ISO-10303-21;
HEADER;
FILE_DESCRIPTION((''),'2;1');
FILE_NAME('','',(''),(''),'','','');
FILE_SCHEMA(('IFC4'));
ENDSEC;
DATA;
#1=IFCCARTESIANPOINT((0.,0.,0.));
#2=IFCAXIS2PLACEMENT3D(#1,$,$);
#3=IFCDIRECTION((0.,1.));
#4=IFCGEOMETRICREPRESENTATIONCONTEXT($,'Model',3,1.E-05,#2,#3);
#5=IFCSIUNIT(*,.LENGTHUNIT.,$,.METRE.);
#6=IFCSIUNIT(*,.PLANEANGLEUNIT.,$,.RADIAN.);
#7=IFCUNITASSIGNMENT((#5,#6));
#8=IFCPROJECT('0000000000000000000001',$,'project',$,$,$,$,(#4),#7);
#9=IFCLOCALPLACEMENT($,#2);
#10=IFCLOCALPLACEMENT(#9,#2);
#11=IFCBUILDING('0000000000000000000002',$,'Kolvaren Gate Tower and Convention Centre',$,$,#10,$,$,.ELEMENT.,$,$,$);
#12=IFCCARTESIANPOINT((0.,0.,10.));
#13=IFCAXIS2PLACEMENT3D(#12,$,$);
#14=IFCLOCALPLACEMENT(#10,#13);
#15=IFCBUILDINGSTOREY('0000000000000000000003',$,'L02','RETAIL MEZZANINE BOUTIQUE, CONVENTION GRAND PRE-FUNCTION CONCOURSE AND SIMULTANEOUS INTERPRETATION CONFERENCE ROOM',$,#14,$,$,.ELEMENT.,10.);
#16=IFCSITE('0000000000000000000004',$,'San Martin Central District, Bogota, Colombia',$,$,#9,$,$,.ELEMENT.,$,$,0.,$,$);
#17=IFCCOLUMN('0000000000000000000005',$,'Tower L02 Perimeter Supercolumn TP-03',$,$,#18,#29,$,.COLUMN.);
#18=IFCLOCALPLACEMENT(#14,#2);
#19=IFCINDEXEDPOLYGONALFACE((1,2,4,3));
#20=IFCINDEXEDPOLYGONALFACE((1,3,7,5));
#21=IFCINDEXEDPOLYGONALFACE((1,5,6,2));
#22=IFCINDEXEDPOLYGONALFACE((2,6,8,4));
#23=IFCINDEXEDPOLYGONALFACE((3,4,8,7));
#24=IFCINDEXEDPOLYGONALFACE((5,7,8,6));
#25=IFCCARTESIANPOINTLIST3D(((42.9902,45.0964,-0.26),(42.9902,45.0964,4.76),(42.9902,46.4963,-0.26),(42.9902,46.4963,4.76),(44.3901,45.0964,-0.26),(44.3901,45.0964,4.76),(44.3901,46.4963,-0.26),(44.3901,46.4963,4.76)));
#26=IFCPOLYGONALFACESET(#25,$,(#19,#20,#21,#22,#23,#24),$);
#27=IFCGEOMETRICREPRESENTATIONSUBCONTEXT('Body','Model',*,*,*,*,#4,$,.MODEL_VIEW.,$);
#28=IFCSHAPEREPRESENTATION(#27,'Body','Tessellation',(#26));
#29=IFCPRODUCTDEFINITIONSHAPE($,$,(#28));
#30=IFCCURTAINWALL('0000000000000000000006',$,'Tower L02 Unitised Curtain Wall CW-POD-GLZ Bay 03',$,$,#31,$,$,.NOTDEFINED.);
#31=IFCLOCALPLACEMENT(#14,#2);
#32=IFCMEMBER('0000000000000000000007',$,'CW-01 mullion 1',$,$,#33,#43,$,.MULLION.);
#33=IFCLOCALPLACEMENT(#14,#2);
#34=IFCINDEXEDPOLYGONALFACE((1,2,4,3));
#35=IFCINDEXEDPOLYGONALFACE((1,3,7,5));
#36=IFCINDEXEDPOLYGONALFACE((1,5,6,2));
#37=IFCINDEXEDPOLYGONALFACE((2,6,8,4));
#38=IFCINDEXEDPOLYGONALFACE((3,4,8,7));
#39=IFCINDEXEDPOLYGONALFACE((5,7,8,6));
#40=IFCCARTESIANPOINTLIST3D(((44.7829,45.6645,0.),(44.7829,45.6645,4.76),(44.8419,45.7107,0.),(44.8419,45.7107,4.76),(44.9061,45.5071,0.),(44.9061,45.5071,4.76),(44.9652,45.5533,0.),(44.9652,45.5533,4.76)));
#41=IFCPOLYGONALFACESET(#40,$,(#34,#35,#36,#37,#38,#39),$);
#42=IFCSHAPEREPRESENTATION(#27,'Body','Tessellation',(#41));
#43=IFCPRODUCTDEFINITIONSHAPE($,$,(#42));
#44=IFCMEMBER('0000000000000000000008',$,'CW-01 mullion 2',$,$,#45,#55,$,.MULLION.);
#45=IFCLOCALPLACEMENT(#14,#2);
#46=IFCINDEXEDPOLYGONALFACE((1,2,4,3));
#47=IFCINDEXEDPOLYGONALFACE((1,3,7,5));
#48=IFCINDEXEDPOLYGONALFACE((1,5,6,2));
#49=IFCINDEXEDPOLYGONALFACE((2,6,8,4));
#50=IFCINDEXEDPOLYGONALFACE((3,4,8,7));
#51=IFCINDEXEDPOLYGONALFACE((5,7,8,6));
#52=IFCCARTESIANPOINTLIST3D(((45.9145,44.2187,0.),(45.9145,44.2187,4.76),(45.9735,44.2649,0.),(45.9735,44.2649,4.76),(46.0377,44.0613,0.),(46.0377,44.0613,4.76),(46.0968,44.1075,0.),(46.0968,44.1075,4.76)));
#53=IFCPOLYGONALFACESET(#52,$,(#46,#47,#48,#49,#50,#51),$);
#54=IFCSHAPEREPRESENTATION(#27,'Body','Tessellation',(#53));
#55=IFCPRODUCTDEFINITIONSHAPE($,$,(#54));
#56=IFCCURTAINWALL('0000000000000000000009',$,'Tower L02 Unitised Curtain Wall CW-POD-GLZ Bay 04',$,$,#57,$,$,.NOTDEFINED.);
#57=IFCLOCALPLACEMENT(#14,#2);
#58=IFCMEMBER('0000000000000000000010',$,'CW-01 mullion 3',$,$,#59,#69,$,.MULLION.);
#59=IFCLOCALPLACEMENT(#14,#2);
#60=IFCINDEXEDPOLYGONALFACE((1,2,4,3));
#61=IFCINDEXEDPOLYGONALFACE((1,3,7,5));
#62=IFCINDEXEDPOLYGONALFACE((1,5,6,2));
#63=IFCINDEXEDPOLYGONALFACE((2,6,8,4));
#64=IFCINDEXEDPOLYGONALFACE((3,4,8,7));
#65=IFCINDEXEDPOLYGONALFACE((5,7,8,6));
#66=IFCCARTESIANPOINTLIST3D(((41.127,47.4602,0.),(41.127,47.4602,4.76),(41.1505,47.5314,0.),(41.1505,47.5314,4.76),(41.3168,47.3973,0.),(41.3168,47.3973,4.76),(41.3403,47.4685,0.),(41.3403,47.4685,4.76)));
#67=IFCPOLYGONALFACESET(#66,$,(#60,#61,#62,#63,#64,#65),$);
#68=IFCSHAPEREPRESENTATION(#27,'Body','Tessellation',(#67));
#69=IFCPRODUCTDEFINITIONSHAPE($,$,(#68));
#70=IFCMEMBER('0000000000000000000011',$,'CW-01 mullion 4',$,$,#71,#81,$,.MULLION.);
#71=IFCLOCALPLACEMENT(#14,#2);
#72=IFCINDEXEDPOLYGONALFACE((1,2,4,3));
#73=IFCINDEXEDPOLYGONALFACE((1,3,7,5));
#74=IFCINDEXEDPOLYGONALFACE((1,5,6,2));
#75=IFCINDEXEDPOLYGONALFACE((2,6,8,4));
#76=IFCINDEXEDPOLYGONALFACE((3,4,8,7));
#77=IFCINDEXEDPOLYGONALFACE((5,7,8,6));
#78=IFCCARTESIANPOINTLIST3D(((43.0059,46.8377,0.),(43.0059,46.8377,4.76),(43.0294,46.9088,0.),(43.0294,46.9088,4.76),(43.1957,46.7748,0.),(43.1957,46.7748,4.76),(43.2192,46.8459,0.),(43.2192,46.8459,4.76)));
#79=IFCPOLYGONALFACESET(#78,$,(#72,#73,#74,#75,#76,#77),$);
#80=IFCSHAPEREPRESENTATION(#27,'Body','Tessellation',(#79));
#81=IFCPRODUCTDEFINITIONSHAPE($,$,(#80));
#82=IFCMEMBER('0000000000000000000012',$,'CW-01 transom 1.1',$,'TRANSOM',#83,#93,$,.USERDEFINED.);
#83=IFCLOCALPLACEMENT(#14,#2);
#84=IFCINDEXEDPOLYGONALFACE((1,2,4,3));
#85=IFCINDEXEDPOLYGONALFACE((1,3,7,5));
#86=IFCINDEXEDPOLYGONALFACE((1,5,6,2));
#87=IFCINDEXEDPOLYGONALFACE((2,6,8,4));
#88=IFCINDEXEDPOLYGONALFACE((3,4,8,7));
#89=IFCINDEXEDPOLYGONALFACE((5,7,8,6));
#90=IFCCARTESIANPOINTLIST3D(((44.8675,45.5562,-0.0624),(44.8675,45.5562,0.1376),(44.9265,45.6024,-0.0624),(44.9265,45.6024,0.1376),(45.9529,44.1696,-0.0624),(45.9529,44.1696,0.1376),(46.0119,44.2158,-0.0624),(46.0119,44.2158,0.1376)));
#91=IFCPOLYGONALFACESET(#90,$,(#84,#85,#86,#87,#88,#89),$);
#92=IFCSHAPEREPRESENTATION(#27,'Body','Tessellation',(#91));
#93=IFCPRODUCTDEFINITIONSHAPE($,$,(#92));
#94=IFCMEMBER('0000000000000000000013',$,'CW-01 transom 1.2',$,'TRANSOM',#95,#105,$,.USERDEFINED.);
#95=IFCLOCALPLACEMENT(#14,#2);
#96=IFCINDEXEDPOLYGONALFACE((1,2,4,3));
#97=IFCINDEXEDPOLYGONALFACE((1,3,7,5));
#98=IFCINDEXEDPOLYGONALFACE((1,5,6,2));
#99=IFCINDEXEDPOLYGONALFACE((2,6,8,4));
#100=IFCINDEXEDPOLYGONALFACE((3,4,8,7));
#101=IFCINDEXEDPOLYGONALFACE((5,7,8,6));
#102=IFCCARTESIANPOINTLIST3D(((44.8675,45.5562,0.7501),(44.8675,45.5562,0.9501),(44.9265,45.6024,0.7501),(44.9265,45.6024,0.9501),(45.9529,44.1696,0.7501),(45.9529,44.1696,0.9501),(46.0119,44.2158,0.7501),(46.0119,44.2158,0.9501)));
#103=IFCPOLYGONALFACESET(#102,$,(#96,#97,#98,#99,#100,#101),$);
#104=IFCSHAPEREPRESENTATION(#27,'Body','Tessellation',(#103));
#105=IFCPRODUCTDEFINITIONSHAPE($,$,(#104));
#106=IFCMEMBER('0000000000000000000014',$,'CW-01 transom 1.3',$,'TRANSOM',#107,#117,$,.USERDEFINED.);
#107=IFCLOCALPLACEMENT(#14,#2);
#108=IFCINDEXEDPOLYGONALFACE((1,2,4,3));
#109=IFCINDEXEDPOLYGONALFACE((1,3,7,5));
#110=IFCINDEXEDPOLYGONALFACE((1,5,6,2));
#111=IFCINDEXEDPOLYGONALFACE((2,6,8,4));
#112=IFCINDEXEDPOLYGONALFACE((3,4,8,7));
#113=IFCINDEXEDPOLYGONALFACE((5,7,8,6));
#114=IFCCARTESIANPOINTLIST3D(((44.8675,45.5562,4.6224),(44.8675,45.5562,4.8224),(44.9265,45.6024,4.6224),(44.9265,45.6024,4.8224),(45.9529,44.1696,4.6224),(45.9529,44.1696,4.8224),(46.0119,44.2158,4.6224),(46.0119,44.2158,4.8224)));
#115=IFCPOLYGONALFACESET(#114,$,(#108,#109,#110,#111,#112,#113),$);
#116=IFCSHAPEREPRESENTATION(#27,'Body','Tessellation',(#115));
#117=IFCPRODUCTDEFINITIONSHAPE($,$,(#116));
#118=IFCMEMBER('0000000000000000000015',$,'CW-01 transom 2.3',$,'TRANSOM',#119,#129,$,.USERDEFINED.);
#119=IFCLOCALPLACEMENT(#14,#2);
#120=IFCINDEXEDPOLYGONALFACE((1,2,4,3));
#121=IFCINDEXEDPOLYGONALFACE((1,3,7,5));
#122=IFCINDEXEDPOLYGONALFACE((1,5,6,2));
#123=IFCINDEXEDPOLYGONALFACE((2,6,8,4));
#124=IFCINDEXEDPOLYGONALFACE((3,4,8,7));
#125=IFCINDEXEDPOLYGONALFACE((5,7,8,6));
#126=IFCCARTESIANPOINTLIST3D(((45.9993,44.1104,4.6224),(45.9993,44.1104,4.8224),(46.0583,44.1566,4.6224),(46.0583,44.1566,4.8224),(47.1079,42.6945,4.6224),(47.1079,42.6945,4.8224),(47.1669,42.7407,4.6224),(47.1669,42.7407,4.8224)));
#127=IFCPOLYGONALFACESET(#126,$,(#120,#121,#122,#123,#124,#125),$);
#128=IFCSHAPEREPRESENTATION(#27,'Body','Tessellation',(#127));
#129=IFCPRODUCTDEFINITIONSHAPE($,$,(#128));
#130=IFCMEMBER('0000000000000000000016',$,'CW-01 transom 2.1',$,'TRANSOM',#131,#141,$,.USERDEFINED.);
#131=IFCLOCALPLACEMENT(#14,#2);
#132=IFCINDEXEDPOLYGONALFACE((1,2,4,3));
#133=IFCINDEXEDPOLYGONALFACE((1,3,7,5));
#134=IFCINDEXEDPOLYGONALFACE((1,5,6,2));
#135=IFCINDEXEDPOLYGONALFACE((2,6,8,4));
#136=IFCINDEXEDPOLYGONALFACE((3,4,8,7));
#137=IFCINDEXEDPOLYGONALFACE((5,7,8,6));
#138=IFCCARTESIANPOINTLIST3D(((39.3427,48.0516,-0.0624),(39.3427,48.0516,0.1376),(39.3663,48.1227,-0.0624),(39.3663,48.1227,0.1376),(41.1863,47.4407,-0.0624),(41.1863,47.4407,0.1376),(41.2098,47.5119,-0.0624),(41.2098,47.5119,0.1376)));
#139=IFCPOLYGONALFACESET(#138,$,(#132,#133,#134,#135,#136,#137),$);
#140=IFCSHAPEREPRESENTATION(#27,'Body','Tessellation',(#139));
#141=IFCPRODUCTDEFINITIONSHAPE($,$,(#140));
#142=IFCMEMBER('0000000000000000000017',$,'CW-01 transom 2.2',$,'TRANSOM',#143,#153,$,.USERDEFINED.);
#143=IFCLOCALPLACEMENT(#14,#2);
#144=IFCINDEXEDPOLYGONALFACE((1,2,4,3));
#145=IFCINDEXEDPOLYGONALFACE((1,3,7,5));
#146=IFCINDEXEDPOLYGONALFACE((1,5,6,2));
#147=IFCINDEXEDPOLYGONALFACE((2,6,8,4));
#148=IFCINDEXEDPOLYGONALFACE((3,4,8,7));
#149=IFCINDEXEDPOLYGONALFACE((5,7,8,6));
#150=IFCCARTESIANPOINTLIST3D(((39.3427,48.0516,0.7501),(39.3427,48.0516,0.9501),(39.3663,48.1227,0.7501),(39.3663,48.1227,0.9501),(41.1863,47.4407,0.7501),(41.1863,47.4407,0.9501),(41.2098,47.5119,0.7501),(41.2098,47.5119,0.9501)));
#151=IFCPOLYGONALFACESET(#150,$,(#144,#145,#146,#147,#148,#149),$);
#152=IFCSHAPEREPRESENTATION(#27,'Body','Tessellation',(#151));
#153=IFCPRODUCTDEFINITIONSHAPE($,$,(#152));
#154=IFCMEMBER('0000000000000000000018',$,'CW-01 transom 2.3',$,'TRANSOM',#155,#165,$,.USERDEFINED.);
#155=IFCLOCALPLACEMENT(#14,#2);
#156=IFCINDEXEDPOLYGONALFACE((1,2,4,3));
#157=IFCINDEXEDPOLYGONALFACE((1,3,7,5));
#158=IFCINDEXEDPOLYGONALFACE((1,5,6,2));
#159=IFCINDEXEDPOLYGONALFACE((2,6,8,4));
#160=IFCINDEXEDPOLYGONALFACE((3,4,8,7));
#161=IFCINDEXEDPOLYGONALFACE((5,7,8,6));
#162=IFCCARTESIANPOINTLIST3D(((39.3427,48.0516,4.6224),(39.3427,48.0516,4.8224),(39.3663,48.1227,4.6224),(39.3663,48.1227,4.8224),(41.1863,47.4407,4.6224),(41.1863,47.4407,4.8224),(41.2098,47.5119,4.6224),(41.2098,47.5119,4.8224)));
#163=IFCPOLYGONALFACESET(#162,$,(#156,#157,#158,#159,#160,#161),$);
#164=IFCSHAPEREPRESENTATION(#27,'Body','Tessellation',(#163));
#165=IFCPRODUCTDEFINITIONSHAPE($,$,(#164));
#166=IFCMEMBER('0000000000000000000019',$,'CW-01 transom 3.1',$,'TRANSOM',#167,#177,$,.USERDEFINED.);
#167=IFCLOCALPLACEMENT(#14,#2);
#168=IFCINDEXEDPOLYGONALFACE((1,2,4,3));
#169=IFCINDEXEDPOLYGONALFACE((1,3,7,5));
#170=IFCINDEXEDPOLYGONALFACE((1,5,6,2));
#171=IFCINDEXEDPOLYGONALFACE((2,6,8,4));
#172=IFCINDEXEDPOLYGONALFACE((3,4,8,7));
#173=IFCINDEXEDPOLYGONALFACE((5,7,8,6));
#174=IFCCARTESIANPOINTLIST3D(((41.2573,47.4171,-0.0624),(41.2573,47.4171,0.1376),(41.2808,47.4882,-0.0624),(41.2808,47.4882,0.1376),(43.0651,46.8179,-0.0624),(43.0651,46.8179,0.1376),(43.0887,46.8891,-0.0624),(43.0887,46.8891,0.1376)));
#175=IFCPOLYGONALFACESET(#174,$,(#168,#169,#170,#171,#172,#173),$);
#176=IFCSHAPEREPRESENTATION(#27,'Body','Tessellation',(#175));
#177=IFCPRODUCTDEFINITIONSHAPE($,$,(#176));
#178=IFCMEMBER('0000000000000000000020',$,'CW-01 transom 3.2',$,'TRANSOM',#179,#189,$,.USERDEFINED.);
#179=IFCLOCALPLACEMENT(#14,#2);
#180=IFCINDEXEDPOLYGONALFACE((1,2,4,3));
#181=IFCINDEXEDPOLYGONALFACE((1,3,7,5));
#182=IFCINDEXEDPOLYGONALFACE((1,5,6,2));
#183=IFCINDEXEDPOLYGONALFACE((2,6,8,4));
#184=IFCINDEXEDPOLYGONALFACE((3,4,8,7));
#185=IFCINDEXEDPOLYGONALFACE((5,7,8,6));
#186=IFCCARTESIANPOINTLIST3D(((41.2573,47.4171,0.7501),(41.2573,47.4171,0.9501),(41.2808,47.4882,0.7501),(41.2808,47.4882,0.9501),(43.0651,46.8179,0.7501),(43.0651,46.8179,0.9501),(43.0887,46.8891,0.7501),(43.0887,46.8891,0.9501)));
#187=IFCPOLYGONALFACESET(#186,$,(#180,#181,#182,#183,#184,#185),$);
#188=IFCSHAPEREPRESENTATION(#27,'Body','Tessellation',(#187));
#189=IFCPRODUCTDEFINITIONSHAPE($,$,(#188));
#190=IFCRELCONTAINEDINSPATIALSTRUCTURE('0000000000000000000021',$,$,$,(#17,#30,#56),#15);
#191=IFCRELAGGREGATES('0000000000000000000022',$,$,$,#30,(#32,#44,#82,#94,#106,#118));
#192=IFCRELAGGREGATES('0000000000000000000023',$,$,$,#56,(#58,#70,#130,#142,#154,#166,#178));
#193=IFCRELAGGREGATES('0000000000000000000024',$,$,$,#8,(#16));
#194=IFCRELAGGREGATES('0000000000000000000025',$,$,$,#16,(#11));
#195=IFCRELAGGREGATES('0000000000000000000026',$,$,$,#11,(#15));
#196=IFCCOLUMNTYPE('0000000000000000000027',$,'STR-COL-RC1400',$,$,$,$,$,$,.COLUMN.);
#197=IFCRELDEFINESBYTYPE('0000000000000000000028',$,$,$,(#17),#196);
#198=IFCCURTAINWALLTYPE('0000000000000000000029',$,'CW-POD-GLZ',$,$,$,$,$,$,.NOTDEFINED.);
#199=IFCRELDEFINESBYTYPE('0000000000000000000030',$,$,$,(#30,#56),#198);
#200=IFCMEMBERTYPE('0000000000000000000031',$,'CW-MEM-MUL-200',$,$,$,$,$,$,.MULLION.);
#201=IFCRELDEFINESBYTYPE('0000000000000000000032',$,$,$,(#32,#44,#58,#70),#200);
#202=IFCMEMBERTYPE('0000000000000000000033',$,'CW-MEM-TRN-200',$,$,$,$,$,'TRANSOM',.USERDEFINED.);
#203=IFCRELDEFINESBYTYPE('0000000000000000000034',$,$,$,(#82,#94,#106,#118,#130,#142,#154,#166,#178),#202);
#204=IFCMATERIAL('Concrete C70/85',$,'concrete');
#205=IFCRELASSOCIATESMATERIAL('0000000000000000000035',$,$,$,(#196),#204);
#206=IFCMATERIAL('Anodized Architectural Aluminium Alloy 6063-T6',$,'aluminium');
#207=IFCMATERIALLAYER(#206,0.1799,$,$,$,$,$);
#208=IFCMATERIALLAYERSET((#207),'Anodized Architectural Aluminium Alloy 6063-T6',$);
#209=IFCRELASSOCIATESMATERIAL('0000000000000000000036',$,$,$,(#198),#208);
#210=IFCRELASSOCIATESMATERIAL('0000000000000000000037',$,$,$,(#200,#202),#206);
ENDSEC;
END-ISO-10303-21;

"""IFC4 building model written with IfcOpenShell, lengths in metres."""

from ifc_helpers import new_model, si_unit, direction, frame, origin, origin_2d, place, context, subcontext, project, spatial, rectangle, extrude, material, layer, layer_set, material_profile, profile_set, type_object, element, aggregate, save


model = new_model("IFC4")

# Units and contexts
model_context = context("Model", 3, precision=1e-05, world=origin(), true_north=direction((0.0, 1.0)))
body_context = subcontext(model_context, "Body", "Model", "MODEL_VIEW")
ifc_project = project(units=[si_unit("LENGTHUNIT", "METRE"), si_unit("PLANEANGLEUNIT", "RADIAN")], contexts=[model_context])

# Site, building, storey
site_placement = place(None, origin())
site = spatial("IfcSite", under=ifc_project, at=site_placement, Name="San Martin Central District, Bogota, Colombia", CompositionType="ELEMENT", RefElevation=0.0)
building_placement = place(site_placement, origin())
building = spatial("IfcBuilding", under=site, at=building_placement, Name="Kolvaren Gate Tower and Convention Centre", CompositionType="ELEMENT")
storey_placement = place(building_placement, frame((0.0, 0.0, 10.0)))
storey = spatial("IfcBuildingStorey", under=building, at=storey_placement, Name="L02", Description="RETAIL MEZZANINE BOUTIQUE, CONVENTION GRAND PRE-FUNCTION CONCOURSE AND SIMULTANEOUS INTERPRETATION CONFERENCE ROOM", CompositionType="ELEMENT", Elevation=10.0)

# Column
ifc_material_1 = material(Name="Concrete C70/85", Category="concrete")
ifc_material_profile_1 = material_profile(ifc_material_1, rectangle(XDim=1.3999, YDim=1.3999, at=origin_2d()), Name="RC-COL-1400X1400")
ifc_profile_set_1 = profile_set([ifc_material_profile_1], Name="Concrete C70/85")
column_type = type_object("IfcColumnType", Name="STR-COL-RC1400", PredefinedType="COLUMN", material=ifc_profile_set_1)
column_placement = place(storey_placement, frame((43.6902, 45.7964, -0.26), z_axis=(0.0, 0.0, 1.0), x_axis=(1.0, 0.0, 0.0)))
element("IfcColumn", 1, at=column_placement, inside=storey, type_object=column_type, Name="Tower L02 Perimeter Supercolumn TP-03", PredefinedType="COLUMN", context=body_context, shape_type="SweptSolid", body=[
    extrude(rectangle(XDim=1.3999, YDim=1.3999, at=origin_2d()), origin(), (0.0, 0.0, 1.0), 5.02),
])

# Curtain walls, members
ifc_material_2 = material(Name="Anodized Architectural Aluminium Alloy 6063-T6", Category="aluminium")
ifc_layer_1 = layer(ifc_material_2, 0.1799)
ifc_layer_set_1 = layer_set([ifc_layer_1], Name="Anodized Architectural Aluminium Alloy 6063-T6")
curtain_wall_type = type_object("IfcCurtainWallType", Name="CW-POD-GLZ", PredefinedType="NOTDEFINED", material=ifc_layer_set_1)
curtain_wall_1_placement = place(storey_placement, origin())
curtain_wall_1 = element("IfcCurtainWall", 2, at=curtain_wall_1_placement, inside=storey, type_object=curtain_wall_type, Name="Tower L02 Unitised Curtain Wall CW-POD-GLZ Bay 03", PredefinedType="NOTDEFINED")
ifc_material_profile_2 = material_profile(ifc_material_2, rectangle(XDim=0.075, YDim=0.2, at=origin_2d()), Name="CW-MEM-MUL-200")
ifc_profile_set_2 = profile_set([ifc_material_profile_2], Name="Anodized Architectural Aluminium Alloy 6063-T6")
member_type_1 = type_object("IfcMemberType", Name="CW-MEM-MUL-200", PredefinedType="MULLION", material=ifc_profile_set_2)
member_1_placement = place(storey_placement, frame((44.874, 45.6089, 0.0), z_axis=(0.0, 0.0, 1.0), x_axis=(0.787413, 0.616426, 0.0)))
member_1 = element("IfcMember", 3, at=member_1_placement, type_object=member_type_1, Name="CW-01 mullion 1", PredefinedType="MULLION", context=body_context, shape_type="SweptSolid", body=[
    extrude(rectangle(XDim=0.075, YDim=0.2, at=origin_2d()), origin(), (0.0, 0.0, 1.0), 4.76),
])
member_2_placement = place(storey_placement, frame((46.0056, 44.1631, 0.0), z_axis=(0.0, 0.0, 1.0), x_axis=(0.787413, 0.616426, 0.0)))
member_2 = element("IfcMember", 4, at=member_2_placement, type_object=member_type_1, Name="CW-01 mullion 2", PredefinedType="MULLION", context=body_context, shape_type="SweptSolid", body=[
    extrude(rectangle(XDim=0.075, YDim=0.2, at=origin_2d()), origin(), (0.0, 0.0, 1.0), 4.76),
])
curtain_wall_2_placement = place(storey_placement, origin())
curtain_wall_2 = element("IfcCurtainWall", 5, at=curtain_wall_2_placement, inside=storey, type_object=curtain_wall_type, Name="Tower L02 Unitised Curtain Wall CW-POD-GLZ Bay 04", PredefinedType="NOTDEFINED")
member_3_placement = place(storey_placement, frame((41.2336, 47.4644, 0.0), z_axis=(0.0, 0.0, 1.0), x_axis=(0.314542, 0.949244, 0.0)))
member_3 = element("IfcMember", 6, at=member_3_placement, type_object=member_type_1, Name="CW-01 mullion 3", PredefinedType="MULLION", context=body_context, shape_type="SweptSolid", body=[
    extrude(rectangle(XDim=0.075, YDim=0.2, at=origin_2d()), origin(), (0.0, 0.0, 1.0), 4.76),
])
member_4_placement = place(storey_placement, frame((43.1125, 46.8418, 0.0), z_axis=(0.0, 0.0, 1.0), x_axis=(0.314542, 0.949244, 0.0)))
member_4 = element("IfcMember", 7, at=member_4_placement, type_object=member_type_1, Name="CW-01 mullion 4", PredefinedType="MULLION", context=body_context, shape_type="SweptSolid", body=[
    extrude(rectangle(XDim=0.075, YDim=0.2, at=origin_2d()), origin(), (0.0, 0.0, 1.0), 4.76),
])

# Members
ifc_material_profile_3 = material_profile(ifc_material_2, rectangle(XDim=0.075, YDim=0.2, at=origin_2d()), Name="CW-MEM-TRN-200")
ifc_profile_set_3 = profile_set([ifc_material_profile_3], Name="Anodized Architectural Aluminium Alloy 6063-T6")
member_type_2 = type_object("IfcMemberType", Name="CW-MEM-TRN-200", ElementType="TRANSOM", PredefinedType="USERDEFINED", material=ifc_profile_set_3)
member_5_placement = place(storey_placement, frame((44.897, 45.5793, 0.0376), z_axis=(0.616376, -0.787452, 0.0), x_axis=(0.787452, 0.616376, 0.0)))
member_5 = element("IfcMember", 8, at=member_5_placement, type_object=member_type_2, Name="CW-01 transom 1.1", ObjectType="TRANSOM", PredefinedType="USERDEFINED", context=body_context, shape_type="SweptSolid", body=[
    extrude(rectangle(XDim=0.075, YDim=0.2, at=origin_2d()), origin(), (0.0, 0.0, 1.0), 1.761),
])
member_6_placement = place(storey_placement, frame((44.897, 45.5793, 0.8501), z_axis=(0.616376, -0.787452, 0.0), x_axis=(0.787452, 0.616376, 0.0)))
member_6 = element("IfcMember", 9, at=member_6_placement, type_object=member_type_2, Name="CW-01 transom 1.2", ObjectType="TRANSOM", PredefinedType="USERDEFINED", context=body_context, shape_type="SweptSolid", body=[
    extrude(rectangle(XDim=0.075, YDim=0.2, at=origin_2d()), origin(), (0.0, 0.0, 1.0), 1.761),
])
member_7_placement = place(storey_placement, frame((44.897, 45.5793, 4.7224), z_axis=(0.616376, -0.787452, 0.0), x_axis=(0.787452, 0.616376, 0.0)))
member_7 = element("IfcMember", 10, at=member_7_placement, type_object=member_type_2, Name="CW-01 transom 1.3", ObjectType="TRANSOM", PredefinedType="USERDEFINED", context=body_context, shape_type="SweptSolid", body=[
    extrude(rectangle(XDim=0.075, YDim=0.2, at=origin_2d()), origin(), (0.0, 0.0, 1.0), 1.761),
])
member_8_placement = place(storey_placement, frame((46.0288, 44.1335, 4.7224), z_axis=(0.616466, -0.787382, 0.0), x_axis=(0.787382, 0.616466, 0.0)))
member_8 = element("IfcMember", 11, at=member_8_placement, type_object=member_type_2, Name="CW-01 transom 2.3", ObjectType="TRANSOM", PredefinedType="USERDEFINED", context=body_context, shape_type="SweptSolid", body=[
    extrude(rectangle(XDim=0.075, YDim=0.2, at=origin_2d()), origin(), (0.0, 0.0, 1.0), 1.7983),
])
member_9_placement = place(storey_placement, frame((39.3545, 48.0872, 0.0376), z_axis=(0.949247, -0.31453, 0.0), x_axis=(0.31453, 0.949247, 0.0)))
member_9 = element("IfcMember", 12, at=member_9_placement, type_object=member_type_2, Name="CW-01 transom 2.1", ObjectType="TRANSOM", PredefinedType="USERDEFINED", context=body_context, shape_type="SweptSolid", body=[
    extrude(rectangle(XDim=0.075, YDim=0.2, at=origin_2d()), origin(), (0.0, 0.0, 1.0), 1.9421),
])
member_10_placement = place(storey_placement, frame((39.3545, 48.0872, 0.8501), z_axis=(0.949247, -0.31453, 0.0), x_axis=(0.31453, 0.949247, 0.0)))
member_10 = element("IfcMember", 13, at=member_10_placement, type_object=member_type_2, Name="CW-01 transom 2.2", ObjectType="TRANSOM", PredefinedType="USERDEFINED", context=body_context, shape_type="SweptSolid", body=[
    extrude(rectangle(XDim=0.075, YDim=0.2, at=origin_2d()), origin(), (0.0, 0.0, 1.0), 1.9421),
])
member_11_placement = place(storey_placement, frame((39.3545, 48.0872, 4.7224), z_axis=(0.949247, -0.31453, 0.0), x_axis=(0.31453, 0.949247, 0.0)))
member_11 = element("IfcMember", 14, at=member_11_placement, type_object=member_type_2, Name="CW-01 transom 2.3", ObjectType="TRANSOM", PredefinedType="USERDEFINED", context=body_context, shape_type="SweptSolid", body=[
    extrude(rectangle(XDim=0.075, YDim=0.2, at=origin_2d()), origin(), (0.0, 0.0, 1.0), 1.9421),
])
member_12_placement = place(storey_placement, frame((41.269, 47.4526, 0.0376), z_axis=(0.949233, -0.314574, 0.0), x_axis=(0.314574, 0.949233, 0.0)))
member_12 = element("IfcMember", 15, at=member_12_placement, type_object=member_type_2, Name="CW-01 transom 3.1", ObjectType="TRANSOM", PredefinedType="USERDEFINED", context=body_context, shape_type="SweptSolid", body=[
    extrude(rectangle(XDim=0.075, YDim=0.2, at=origin_2d()), origin(), (0.0, 0.0, 1.0), 1.9045),
])
member_13_placement = place(storey_placement, frame((41.269, 47.4526, 0.8501), z_axis=(0.949233, -0.314574, 0.0), x_axis=(0.314574, 0.949233, 0.0)))
member_13 = element("IfcMember", 16, at=member_13_placement, type_object=member_type_2, Name="CW-01 transom 3.2", ObjectType="TRANSOM", PredefinedType="USERDEFINED", context=body_context, shape_type="SweptSolid", body=[
    extrude(rectangle(XDim=0.075, YDim=0.2, at=origin_2d()), origin(), (0.0, 0.0, 1.0), 1.9045),
])

aggregate(curtain_wall_1, [member_1, member_2, member_5, member_6, member_7, member_8])
aggregate(curtain_wall_2, [member_3, member_4, member_9, member_10, member_11, member_12, member_13])

save(model, "model.ifc")
